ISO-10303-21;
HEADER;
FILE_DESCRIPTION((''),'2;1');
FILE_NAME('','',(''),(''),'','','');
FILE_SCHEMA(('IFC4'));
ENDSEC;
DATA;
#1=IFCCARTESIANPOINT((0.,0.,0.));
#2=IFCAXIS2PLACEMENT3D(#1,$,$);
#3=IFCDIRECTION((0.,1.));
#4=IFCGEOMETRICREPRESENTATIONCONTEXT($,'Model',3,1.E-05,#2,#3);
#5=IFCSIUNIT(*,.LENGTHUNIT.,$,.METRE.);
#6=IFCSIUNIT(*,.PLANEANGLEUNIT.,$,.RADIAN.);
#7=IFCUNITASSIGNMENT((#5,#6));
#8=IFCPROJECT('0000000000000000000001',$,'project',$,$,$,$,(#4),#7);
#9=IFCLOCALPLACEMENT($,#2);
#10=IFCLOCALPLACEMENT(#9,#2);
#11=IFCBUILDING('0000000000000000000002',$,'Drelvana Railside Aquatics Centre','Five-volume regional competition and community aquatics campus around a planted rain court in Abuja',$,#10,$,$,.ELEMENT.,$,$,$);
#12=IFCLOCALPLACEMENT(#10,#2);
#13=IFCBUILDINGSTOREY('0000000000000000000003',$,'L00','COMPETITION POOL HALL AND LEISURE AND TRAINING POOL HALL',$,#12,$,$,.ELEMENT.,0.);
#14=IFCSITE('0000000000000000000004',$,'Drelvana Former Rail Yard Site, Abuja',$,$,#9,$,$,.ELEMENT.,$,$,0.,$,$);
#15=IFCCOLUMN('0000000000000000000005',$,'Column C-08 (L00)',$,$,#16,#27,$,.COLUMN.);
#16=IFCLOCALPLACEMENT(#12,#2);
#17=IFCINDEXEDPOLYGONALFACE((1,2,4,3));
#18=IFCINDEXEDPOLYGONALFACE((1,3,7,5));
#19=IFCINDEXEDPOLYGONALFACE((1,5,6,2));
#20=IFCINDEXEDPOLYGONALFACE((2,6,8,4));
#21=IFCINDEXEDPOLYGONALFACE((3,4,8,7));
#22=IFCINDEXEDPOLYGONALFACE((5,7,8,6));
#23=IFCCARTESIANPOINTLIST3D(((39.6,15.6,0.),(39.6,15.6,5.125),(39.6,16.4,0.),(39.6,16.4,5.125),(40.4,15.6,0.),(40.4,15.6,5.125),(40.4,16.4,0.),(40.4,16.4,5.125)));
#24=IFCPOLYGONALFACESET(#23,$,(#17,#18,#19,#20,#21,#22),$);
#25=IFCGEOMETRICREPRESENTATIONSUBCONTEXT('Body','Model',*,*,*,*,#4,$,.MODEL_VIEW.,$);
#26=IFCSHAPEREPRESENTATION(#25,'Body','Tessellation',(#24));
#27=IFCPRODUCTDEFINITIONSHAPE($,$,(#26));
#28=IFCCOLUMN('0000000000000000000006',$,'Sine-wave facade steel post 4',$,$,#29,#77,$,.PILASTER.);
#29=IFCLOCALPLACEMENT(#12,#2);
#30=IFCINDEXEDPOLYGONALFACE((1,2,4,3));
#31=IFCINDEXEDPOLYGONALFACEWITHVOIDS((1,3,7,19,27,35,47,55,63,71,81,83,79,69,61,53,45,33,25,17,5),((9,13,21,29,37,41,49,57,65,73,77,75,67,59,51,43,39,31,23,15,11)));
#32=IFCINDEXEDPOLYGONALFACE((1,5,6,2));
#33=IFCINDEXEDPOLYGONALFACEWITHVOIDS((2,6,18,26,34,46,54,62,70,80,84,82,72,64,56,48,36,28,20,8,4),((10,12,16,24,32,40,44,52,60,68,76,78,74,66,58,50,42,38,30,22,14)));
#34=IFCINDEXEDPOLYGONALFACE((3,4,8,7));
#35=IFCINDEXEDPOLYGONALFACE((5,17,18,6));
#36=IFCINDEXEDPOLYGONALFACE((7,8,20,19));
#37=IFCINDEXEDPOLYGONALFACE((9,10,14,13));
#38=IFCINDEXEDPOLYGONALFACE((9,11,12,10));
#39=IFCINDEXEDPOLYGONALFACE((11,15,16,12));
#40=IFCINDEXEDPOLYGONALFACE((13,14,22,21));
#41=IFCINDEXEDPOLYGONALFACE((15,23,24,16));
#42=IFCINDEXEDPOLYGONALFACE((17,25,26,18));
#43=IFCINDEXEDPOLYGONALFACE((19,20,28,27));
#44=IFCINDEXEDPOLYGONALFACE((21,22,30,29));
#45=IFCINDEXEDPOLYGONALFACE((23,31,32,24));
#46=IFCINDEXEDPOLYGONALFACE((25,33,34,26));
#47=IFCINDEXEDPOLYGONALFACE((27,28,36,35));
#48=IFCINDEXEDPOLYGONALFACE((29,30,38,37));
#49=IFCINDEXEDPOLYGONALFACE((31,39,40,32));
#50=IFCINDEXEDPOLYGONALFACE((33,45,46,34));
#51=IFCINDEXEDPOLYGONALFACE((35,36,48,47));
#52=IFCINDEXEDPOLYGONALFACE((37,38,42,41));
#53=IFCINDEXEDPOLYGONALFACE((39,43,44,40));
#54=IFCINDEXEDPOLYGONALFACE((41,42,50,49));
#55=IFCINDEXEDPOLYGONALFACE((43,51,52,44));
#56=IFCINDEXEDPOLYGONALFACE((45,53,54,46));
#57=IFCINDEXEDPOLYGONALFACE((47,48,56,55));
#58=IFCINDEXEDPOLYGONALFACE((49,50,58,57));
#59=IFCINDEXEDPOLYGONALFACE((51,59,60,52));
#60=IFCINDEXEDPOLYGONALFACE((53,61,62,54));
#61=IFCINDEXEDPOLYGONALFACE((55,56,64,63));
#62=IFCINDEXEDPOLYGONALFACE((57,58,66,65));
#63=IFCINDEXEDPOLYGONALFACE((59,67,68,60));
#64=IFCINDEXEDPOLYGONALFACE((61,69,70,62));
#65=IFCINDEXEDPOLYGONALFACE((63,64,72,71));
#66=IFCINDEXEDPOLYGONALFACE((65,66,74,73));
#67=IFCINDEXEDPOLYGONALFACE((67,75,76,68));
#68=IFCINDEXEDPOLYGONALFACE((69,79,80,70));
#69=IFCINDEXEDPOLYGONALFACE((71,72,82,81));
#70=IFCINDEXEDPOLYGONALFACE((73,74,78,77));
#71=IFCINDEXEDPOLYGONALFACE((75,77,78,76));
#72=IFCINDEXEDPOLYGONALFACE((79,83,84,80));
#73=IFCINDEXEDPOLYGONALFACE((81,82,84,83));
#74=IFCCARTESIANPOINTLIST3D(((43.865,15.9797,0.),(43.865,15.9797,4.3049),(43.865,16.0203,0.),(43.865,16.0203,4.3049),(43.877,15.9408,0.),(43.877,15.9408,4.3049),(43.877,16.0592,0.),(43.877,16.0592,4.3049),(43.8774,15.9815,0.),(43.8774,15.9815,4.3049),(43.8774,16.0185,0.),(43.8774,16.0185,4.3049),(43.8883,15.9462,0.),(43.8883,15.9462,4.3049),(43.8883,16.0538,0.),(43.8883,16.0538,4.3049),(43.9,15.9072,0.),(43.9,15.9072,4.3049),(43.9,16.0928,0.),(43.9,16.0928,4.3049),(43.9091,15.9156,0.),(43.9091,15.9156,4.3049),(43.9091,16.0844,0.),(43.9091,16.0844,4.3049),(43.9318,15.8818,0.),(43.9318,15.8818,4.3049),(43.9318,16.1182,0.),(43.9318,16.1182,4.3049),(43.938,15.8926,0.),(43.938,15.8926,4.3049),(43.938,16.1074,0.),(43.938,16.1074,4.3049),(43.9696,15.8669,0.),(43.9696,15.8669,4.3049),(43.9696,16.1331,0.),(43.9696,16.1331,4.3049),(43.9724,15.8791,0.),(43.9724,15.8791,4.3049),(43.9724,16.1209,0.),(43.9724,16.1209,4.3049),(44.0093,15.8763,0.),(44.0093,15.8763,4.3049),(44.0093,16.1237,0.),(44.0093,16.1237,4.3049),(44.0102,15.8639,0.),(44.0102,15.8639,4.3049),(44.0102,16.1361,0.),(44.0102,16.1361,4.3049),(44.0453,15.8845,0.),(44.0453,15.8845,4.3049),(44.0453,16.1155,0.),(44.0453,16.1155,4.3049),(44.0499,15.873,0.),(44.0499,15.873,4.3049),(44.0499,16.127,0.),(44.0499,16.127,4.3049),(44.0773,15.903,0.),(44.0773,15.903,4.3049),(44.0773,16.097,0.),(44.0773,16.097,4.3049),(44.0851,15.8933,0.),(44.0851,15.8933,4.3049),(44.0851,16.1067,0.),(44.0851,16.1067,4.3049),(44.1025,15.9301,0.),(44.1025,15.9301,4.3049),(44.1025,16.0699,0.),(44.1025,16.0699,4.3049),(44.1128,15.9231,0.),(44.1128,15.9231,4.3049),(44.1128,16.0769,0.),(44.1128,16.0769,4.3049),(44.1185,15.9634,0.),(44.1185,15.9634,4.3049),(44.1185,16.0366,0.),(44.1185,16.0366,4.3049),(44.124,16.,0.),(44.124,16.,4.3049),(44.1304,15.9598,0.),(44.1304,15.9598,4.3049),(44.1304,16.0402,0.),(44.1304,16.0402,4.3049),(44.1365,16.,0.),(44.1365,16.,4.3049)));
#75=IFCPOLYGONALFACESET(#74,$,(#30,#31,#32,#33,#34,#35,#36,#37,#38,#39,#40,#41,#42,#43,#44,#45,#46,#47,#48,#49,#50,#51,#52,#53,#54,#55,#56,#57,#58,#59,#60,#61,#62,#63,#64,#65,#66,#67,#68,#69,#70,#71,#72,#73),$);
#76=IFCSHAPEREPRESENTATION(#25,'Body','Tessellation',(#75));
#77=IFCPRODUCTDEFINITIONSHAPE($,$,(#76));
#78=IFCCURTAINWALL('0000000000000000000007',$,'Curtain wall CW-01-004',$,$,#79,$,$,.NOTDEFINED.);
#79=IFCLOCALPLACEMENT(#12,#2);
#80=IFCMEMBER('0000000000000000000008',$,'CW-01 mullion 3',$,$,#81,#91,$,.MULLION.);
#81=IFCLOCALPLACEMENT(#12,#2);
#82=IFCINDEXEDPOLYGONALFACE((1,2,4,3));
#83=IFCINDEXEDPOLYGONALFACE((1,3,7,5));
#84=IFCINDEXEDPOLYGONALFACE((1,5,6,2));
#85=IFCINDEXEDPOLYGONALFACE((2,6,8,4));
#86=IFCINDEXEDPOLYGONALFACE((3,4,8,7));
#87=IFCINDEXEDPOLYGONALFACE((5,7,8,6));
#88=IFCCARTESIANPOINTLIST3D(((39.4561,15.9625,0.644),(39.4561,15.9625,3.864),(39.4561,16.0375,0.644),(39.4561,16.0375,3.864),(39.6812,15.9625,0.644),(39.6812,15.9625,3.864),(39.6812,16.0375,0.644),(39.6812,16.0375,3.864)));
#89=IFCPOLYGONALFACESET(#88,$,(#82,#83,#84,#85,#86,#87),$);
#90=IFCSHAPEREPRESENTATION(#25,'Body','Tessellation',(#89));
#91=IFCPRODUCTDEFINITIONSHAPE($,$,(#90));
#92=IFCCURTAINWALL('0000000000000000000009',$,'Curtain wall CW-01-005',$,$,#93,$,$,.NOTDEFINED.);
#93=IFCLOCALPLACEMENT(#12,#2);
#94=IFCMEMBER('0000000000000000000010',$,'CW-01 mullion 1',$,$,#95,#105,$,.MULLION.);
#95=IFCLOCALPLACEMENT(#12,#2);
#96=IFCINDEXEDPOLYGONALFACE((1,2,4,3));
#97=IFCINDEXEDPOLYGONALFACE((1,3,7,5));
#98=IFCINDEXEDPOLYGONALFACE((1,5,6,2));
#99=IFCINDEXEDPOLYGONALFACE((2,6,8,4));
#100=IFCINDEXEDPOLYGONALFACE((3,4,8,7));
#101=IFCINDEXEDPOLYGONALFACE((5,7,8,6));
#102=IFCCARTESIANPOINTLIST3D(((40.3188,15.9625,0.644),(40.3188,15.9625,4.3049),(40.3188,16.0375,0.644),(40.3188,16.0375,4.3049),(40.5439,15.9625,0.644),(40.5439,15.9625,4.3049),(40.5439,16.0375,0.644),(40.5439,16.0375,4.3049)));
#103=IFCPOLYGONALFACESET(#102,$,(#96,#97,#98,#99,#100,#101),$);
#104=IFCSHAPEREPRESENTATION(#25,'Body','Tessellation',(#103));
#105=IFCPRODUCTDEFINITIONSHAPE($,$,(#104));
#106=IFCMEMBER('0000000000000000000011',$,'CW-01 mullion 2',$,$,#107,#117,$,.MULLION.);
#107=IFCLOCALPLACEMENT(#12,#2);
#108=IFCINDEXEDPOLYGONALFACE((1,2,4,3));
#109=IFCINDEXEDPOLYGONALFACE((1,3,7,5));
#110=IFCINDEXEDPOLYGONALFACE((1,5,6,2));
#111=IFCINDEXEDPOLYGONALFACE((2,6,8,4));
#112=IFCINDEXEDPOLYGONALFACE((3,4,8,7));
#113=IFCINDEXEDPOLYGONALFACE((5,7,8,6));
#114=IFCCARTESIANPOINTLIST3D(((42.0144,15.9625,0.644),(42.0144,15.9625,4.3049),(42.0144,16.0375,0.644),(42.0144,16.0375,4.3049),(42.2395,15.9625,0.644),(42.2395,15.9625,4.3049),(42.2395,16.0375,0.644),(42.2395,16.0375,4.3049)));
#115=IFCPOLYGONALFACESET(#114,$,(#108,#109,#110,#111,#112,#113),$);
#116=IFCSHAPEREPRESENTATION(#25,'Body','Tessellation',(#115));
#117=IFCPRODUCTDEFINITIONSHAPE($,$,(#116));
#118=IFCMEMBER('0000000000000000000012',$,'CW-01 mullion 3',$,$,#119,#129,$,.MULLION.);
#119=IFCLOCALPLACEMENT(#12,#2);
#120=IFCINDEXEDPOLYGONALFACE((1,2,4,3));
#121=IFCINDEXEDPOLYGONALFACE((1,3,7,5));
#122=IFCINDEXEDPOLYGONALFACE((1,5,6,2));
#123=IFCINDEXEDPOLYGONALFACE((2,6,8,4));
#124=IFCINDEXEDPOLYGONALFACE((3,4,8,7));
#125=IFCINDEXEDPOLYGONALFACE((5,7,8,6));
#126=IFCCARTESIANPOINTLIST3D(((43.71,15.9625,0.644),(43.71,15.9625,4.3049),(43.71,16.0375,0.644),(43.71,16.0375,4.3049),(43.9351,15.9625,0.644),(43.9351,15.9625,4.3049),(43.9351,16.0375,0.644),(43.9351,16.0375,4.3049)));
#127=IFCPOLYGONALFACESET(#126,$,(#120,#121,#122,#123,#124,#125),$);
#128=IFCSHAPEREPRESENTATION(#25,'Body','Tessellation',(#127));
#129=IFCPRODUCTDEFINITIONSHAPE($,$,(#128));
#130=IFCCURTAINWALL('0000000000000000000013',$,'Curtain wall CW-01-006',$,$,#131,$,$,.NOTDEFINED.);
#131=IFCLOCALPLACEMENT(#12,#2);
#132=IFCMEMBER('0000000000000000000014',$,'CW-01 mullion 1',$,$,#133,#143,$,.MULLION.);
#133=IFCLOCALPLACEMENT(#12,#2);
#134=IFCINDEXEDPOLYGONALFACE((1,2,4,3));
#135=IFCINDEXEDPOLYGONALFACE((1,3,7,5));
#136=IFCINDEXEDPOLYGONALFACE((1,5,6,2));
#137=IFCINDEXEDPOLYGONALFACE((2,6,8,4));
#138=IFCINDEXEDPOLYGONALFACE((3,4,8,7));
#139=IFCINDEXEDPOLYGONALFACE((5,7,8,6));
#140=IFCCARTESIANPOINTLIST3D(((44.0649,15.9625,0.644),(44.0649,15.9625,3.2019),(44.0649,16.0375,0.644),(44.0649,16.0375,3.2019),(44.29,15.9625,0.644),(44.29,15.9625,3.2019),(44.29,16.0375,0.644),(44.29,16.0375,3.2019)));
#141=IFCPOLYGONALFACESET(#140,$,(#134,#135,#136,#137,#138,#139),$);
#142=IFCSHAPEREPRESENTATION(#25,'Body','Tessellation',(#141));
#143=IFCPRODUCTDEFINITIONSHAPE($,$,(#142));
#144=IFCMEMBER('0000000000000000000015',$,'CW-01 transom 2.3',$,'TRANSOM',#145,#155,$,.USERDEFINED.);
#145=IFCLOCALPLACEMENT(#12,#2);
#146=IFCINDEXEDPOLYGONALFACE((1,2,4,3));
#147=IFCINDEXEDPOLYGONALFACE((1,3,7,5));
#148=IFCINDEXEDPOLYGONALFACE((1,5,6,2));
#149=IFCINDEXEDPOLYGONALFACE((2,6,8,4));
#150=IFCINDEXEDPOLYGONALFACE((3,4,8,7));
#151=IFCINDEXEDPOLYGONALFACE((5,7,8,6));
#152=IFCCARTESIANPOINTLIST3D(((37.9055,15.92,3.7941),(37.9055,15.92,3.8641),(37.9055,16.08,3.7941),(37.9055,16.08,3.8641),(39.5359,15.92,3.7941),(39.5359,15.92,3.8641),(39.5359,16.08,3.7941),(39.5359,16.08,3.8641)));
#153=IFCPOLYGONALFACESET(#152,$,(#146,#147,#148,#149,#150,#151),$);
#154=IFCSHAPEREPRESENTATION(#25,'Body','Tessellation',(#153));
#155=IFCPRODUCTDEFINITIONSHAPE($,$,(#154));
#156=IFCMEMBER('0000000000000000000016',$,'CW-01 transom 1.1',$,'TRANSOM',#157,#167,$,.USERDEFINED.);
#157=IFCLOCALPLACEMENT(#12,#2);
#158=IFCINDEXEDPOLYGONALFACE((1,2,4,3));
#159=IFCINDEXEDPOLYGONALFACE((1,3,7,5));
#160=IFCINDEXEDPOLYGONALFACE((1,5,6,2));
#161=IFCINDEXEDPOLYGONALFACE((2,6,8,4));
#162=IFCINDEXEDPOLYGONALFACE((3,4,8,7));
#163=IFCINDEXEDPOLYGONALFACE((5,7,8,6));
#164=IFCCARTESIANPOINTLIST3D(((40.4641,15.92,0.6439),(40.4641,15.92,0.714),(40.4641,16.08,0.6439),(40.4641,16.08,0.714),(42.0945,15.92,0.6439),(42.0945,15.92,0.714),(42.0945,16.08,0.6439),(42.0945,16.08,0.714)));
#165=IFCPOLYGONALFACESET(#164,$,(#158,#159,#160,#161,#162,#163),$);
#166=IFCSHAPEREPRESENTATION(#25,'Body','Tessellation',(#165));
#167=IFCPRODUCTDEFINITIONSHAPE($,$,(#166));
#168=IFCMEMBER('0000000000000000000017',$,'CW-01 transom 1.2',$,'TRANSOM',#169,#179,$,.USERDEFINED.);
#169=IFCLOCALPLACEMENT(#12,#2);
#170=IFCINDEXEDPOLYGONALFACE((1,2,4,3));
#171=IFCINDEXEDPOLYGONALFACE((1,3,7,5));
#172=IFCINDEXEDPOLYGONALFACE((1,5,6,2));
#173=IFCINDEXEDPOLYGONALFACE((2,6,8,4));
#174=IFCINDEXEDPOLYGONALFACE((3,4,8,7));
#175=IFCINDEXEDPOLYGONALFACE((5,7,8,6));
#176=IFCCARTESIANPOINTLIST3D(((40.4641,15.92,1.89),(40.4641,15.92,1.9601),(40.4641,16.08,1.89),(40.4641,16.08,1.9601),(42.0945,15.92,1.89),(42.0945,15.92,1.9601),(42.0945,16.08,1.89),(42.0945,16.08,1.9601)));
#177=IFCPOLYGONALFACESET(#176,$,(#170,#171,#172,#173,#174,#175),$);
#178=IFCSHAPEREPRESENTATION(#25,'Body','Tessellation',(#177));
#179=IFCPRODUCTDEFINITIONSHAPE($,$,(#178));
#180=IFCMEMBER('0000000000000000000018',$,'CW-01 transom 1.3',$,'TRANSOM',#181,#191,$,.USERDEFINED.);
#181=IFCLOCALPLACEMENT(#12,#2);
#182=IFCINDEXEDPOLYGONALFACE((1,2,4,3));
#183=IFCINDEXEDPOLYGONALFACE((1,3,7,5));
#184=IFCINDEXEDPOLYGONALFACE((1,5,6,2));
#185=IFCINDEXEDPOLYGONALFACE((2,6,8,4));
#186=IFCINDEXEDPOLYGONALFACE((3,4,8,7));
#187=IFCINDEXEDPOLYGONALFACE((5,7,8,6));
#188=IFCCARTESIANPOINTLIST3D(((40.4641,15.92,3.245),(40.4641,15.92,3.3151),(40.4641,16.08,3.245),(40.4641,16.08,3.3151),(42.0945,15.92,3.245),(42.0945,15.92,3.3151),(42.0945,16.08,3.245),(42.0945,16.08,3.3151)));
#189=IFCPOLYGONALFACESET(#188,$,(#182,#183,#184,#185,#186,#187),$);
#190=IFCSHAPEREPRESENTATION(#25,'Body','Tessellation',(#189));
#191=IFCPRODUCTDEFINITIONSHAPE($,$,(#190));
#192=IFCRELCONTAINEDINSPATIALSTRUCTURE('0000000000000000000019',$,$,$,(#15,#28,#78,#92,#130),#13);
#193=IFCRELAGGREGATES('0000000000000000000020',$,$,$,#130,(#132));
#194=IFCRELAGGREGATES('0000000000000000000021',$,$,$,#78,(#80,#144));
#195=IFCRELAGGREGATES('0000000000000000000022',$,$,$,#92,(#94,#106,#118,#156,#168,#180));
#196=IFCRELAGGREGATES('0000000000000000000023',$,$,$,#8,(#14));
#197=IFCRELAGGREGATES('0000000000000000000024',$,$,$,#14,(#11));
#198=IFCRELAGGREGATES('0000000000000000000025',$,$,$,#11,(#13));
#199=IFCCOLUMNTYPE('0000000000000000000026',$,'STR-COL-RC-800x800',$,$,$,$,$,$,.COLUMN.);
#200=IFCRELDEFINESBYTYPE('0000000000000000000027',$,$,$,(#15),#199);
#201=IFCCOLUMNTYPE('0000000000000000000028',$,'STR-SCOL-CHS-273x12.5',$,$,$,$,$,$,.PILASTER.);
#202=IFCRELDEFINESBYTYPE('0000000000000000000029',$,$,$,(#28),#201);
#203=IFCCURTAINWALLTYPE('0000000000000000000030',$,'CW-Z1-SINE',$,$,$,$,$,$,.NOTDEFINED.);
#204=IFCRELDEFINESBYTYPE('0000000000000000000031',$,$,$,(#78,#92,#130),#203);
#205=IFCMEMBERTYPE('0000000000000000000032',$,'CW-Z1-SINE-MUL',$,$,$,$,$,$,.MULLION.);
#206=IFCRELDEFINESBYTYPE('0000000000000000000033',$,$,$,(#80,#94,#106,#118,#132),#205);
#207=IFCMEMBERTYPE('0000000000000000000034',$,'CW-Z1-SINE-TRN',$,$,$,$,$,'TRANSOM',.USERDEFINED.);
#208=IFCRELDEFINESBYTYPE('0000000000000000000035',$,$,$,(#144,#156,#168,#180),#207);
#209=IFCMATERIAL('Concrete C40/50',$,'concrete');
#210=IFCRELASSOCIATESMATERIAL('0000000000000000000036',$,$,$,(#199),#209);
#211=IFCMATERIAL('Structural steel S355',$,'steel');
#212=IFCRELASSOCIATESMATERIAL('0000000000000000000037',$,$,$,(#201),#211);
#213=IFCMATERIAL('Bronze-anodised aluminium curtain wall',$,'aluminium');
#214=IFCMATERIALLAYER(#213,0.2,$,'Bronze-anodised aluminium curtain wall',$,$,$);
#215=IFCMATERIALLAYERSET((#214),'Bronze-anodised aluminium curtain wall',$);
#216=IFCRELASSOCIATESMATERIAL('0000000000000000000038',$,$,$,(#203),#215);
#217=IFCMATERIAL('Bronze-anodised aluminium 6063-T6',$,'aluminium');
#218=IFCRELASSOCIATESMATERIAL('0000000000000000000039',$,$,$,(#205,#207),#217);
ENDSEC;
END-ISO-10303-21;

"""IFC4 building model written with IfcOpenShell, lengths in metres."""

from ifc_helpers import new_model, si_unit, direction, frame, origin, origin_2d, place, context, subcontext, project, spatial, rectangle, hollow_circle, extrude, material, layer, layer_set, material_profile, profile_set, type_object, element, aggregate, save


model = new_model("IFC4")

# Units and contexts
model_context = context("Model", 3, precision=1e-05, world=origin(), true_north=direction((0.0, 1.0)))
body_context = subcontext(model_context, "Body", "Model", "MODEL_VIEW")
ifc_project = project(units=[si_unit("LENGTHUNIT", "METRE"), si_unit("PLANEANGLEUNIT", "RADIAN")], contexts=[model_context])

# Site, building, storey
site_placement = place(None, origin())
site = spatial("IfcSite", under=ifc_project, at=site_placement, Name="Drelvana Former Rail Yard Site, Abuja", CompositionType="ELEMENT", RefElevation=0.0)
building_placement = place(site_placement, origin())
building = spatial("IfcBuilding", under=site, at=building_placement, Name="Drelvana Railside Aquatics Centre", Description="Five-volume regional competition and community aquatics campus around a planted rain court in Abuja", CompositionType="ELEMENT")
storey_placement = place(building_placement, origin())
storey = spatial("IfcBuildingStorey", under=building, at=storey_placement, Name="L00", Description="COMPETITION POOL HALL AND LEISURE AND TRAINING POOL HALL", CompositionType="ELEMENT", Elevation=0.0)

# Columns
ifc_material_1 = material(Name="Concrete C40/50", Category="concrete")
ifc_material_profile_1 = material_profile(ifc_material_1, rectangle(XDim=0.8, YDim=0.8, at=origin_2d()), Name="RC 800x800")
ifc_profile_set_1 = profile_set([ifc_material_profile_1], Name="Concrete C40/50")
column_type_1 = type_object("IfcColumnType", Name="STR-COL-RC-800x800", PredefinedType="COLUMN", material=ifc_profile_set_1)
column_1_placement = place(storey_placement, frame((40.0, 16.0, 0.0), z_axis=(0.0, 0.0, 1.0), x_axis=(1.0, 0.0, 0.0)))
element("IfcColumn", 1, at=column_1_placement, inside=storey, type_object=column_type_1, Name="Column C-08 (L00)", PredefinedType="COLUMN", context=body_context, shape_type="SweptSolid", body=[
    extrude(rectangle(XDim=0.8, YDim=0.8, at=origin_2d()), origin(), (0.0, 0.0, 1.0), 5.125),
])
ifc_material_2 = material(Name="Structural steel S355", Category="steel")
ifc_material_profile_2 = material_profile(ifc_material_2, hollow_circle(Radius=0.1365, WallThickness=0.0125, at=origin_2d()), Name="CHS 273x12.5")
ifc_profile_set_2 = profile_set([ifc_material_profile_2], Name="Structural steel S355")
column_type_2 = type_object("IfcColumnType", Name="STR-SCOL-CHS-273x12.5", PredefinedType="PILASTER", material=ifc_profile_set_2)
column_2_placement = place(storey_placement, frame((44.0, 16.0, 0.0), z_axis=(0.0, 0.0, 1.0), x_axis=(1.0, 0.0, 0.0)))
element("IfcColumn", 2, at=column_2_placement, inside=storey, type_object=column_type_2, Name="Sine-wave facade steel post 4", PredefinedType="PILASTER", context=body_context, shape_type="SweptSolid", body=[
    extrude(hollow_circle(Radius=0.1365, WallThickness=0.0125, at=origin_2d()), origin(), (0.0, 0.0, 1.0), 4.3049),
])

# Curtain wall, member
ifc_material_3 = material(Name="Bronze-anodised aluminium curtain wall", Category="aluminium")
ifc_layer_1 = layer(ifc_material_3, 0.2, Name="Bronze-anodised aluminium curtain wall")
ifc_layer_set_1 = layer_set([ifc_layer_1], Name="Bronze-anodised aluminium curtain wall")
curtain_wall_type = type_object("IfcCurtainWallType", Name="CW-Z1-SINE", PredefinedType="NOTDEFINED", material=ifc_layer_set_1)
curtain_wall_1_placement = place(storey_placement, origin())
curtain_wall_1 = element("IfcCurtainWall", 3, at=curtain_wall_1_placement, inside=storey, type_object=curtain_wall_type, Name="Curtain wall CW-01-004", PredefinedType="NOTDEFINED")
ifc_material_4 = material(Name="Bronze-anodised aluminium 6063-T6", Category="aluminium")
ifc_material_profile_3 = material_profile(ifc_material_4, rectangle(XDim=0.075, YDim=0.2251, at=origin_2d()), Name="ALU-M 75x225")
ifc_profile_set_3 = profile_set([ifc_material_profile_3], Name="Bronze-anodised aluminium 6063-T6")
member_type_1 = type_object("IfcMemberType", Name="CW-Z1-SINE-MUL", PredefinedType="MULLION", material=ifc_profile_set_3)
member_1_placement = place(storey_placement, frame((39.5686, 16.0, 0.644), z_axis=(0.0, 0.0, 1.0), x_axis=(0.0, 1.0, 0.0)))
member_1 = element("IfcMember", 4, at=member_1_placement, type_object=member_type_1, Name="CW-01 mullion 3", PredefinedType="MULLION", context=body_context, shape_type="SweptSolid", body=[
    extrude(rectangle(XDim=0.075, YDim=0.2251, at=origin_2d()), origin(), (0.0, 0.0, 1.0), 3.22),
])

# Curtain wall, members
curtain_wall_2_placement = place(storey_placement, origin())
curtain_wall_2 = element("IfcCurtainWall", 5, at=curtain_wall_2_placement, inside=storey, type_object=curtain_wall_type, Name="Curtain wall CW-01-005", PredefinedType="NOTDEFINED")
member_2_placement = place(storey_placement, frame((40.4314, 16.0, 0.644), z_axis=(0.0, 0.0, 1.0), x_axis=(0.0, 1.0, 0.0)))
member_2 = element("IfcMember", 6, at=member_2_placement, type_object=member_type_1, Name="CW-01 mullion 1", PredefinedType="MULLION", context=body_context, shape_type="SweptSolid", body=[
    extrude(rectangle(XDim=0.075, YDim=0.2251, at=origin_2d()), origin(), (0.0, 0.0, 1.0), 3.6609),
])
member_3_placement = place(storey_placement, frame((42.127, 16.0, 0.644), z_axis=(0.0, 0.0, 1.0), x_axis=(0.0, 1.0, 0.0)))
member_3 = element("IfcMember", 7, at=member_3_placement, type_object=member_type_1, Name="CW-01 mullion 2", PredefinedType="MULLION", context=body_context, shape_type="SweptSolid", body=[
    extrude(rectangle(XDim=0.075, YDim=0.2251, at=origin_2d()), origin(), (0.0, 0.0, 1.0), 3.6609),
])
member_4_placement = place(storey_placement, frame((43.8225, 16.0, 0.644), z_axis=(0.0, 0.0, 1.0), x_axis=(0.0, 1.0, 0.0)))
member_4 = element("IfcMember", 8, at=member_4_placement, type_object=member_type_1, Name="CW-01 mullion 3", PredefinedType="MULLION", context=body_context, shape_type="SweptSolid", body=[
    extrude(rectangle(XDim=0.075, YDim=0.2251, at=origin_2d()), origin(), (0.0, 0.0, 1.0), 3.6609),
])

# Curtain wall, member
curtain_wall_3_placement = place(storey_placement, origin())
curtain_wall_3 = element("IfcCurtainWall", 9, at=curtain_wall_3_placement, inside=storey, type_object=curtain_wall_type, Name="Curtain wall CW-01-006", PredefinedType="NOTDEFINED")
member_5_placement = place(storey_placement, frame((44.1775, 16.0, 0.644), z_axis=(0.0, 0.0, 1.0), x_axis=(0.0, 1.0, 0.0)))
member_5 = element("IfcMember", 10, at=member_5_placement, type_object=member_type_1, Name="CW-01 mullion 1", PredefinedType="MULLION", context=body_context, shape_type="SweptSolid", body=[
    extrude(rectangle(XDim=0.075, YDim=0.2251, at=origin_2d()), origin(), (0.0, 0.0, 1.0), 2.5579),
])

# Members
ifc_material_profile_4 = material_profile(ifc_material_4, rectangle(XDim=0.1599, YDim=0.0701, at=origin_2d()), Name="ALU-T 70x160")
ifc_profile_set_4 = profile_set([ifc_material_profile_4], Name="Bronze-anodised aluminium 6063-T6")
member_type_2 = type_object("IfcMemberType", Name="CW-Z1-SINE-TRN", ElementType="TRANSOM", PredefinedType="USERDEFINED", material=ifc_profile_set_4)
member_6_placement = place(storey_placement, frame((37.9055, 16.0, 3.8291), z_axis=(1.0, 0.0, 0.0), x_axis=(0.0, 1.0, 0.0)))
member_6 = element("IfcMember", 11, at=member_6_placement, type_object=member_type_2, Name="CW-01 transom 2.3", ObjectType="TRANSOM", PredefinedType="USERDEFINED", context=body_context, shape_type="SweptSolid", body=[
    extrude(rectangle(XDim=0.1599, YDim=0.0701, at=origin_2d()), origin(), (0.0, 0.0, 1.0), 1.6304),
])
member_7_placement = place(storey_placement, frame((40.4641, 16.0, 0.679), z_axis=(1.0, 0.0, 0.0), x_axis=(0.0, 1.0, 0.0)))
member_7 = element("IfcMember", 12, at=member_7_placement, type_object=member_type_2, Name="CW-01 transom 1.1", ObjectType="TRANSOM", PredefinedType="USERDEFINED", context=body_context, shape_type="SweptSolid", body=[
    extrude(rectangle(XDim=0.1599, YDim=0.0701, at=origin_2d()), origin(), (0.0, 0.0, 1.0), 1.6304),
])
member_8_placement = place(storey_placement, frame((40.4641, 16.0, 1.925), z_axis=(1.0, 0.0, 0.0), x_axis=(0.0, 1.0, 0.0)))
member_8 = element("IfcMember", 13, at=member_8_placement, type_object=member_type_2, Name="CW-01 transom 1.2", ObjectType="TRANSOM", PredefinedType="USERDEFINED", context=body_context, shape_type="SweptSolid", body=[
    extrude(rectangle(XDim=0.1599, YDim=0.0701, at=origin_2d()), origin(), (0.0, 0.0, 1.0), 1.6304),
])
member_9_placement = place(storey_placement, frame((40.4641, 16.0, 3.28), z_axis=(1.0, 0.0, 0.0), x_axis=(0.0, 1.0, 0.0)))
member_9 = element("IfcMember", 14, at=member_9_placement, type_object=member_type_2, Name="CW-01 transom 1.3", ObjectType="TRANSOM", PredefinedType="USERDEFINED", context=body_context, shape_type="SweptSolid", body=[
    extrude(rectangle(XDim=0.1599, YDim=0.0701, at=origin_2d()), origin(), (0.0, 0.0, 1.0), 1.6304),
])
aggregate(curtain_wall_3, [member_5])

aggregate(curtain_wall_1, [member_1, member_6])
aggregate(curtain_wall_2, [member_2, member_3, member_4, member_7, member_8, member_9])

save(model, "model.ifc")
